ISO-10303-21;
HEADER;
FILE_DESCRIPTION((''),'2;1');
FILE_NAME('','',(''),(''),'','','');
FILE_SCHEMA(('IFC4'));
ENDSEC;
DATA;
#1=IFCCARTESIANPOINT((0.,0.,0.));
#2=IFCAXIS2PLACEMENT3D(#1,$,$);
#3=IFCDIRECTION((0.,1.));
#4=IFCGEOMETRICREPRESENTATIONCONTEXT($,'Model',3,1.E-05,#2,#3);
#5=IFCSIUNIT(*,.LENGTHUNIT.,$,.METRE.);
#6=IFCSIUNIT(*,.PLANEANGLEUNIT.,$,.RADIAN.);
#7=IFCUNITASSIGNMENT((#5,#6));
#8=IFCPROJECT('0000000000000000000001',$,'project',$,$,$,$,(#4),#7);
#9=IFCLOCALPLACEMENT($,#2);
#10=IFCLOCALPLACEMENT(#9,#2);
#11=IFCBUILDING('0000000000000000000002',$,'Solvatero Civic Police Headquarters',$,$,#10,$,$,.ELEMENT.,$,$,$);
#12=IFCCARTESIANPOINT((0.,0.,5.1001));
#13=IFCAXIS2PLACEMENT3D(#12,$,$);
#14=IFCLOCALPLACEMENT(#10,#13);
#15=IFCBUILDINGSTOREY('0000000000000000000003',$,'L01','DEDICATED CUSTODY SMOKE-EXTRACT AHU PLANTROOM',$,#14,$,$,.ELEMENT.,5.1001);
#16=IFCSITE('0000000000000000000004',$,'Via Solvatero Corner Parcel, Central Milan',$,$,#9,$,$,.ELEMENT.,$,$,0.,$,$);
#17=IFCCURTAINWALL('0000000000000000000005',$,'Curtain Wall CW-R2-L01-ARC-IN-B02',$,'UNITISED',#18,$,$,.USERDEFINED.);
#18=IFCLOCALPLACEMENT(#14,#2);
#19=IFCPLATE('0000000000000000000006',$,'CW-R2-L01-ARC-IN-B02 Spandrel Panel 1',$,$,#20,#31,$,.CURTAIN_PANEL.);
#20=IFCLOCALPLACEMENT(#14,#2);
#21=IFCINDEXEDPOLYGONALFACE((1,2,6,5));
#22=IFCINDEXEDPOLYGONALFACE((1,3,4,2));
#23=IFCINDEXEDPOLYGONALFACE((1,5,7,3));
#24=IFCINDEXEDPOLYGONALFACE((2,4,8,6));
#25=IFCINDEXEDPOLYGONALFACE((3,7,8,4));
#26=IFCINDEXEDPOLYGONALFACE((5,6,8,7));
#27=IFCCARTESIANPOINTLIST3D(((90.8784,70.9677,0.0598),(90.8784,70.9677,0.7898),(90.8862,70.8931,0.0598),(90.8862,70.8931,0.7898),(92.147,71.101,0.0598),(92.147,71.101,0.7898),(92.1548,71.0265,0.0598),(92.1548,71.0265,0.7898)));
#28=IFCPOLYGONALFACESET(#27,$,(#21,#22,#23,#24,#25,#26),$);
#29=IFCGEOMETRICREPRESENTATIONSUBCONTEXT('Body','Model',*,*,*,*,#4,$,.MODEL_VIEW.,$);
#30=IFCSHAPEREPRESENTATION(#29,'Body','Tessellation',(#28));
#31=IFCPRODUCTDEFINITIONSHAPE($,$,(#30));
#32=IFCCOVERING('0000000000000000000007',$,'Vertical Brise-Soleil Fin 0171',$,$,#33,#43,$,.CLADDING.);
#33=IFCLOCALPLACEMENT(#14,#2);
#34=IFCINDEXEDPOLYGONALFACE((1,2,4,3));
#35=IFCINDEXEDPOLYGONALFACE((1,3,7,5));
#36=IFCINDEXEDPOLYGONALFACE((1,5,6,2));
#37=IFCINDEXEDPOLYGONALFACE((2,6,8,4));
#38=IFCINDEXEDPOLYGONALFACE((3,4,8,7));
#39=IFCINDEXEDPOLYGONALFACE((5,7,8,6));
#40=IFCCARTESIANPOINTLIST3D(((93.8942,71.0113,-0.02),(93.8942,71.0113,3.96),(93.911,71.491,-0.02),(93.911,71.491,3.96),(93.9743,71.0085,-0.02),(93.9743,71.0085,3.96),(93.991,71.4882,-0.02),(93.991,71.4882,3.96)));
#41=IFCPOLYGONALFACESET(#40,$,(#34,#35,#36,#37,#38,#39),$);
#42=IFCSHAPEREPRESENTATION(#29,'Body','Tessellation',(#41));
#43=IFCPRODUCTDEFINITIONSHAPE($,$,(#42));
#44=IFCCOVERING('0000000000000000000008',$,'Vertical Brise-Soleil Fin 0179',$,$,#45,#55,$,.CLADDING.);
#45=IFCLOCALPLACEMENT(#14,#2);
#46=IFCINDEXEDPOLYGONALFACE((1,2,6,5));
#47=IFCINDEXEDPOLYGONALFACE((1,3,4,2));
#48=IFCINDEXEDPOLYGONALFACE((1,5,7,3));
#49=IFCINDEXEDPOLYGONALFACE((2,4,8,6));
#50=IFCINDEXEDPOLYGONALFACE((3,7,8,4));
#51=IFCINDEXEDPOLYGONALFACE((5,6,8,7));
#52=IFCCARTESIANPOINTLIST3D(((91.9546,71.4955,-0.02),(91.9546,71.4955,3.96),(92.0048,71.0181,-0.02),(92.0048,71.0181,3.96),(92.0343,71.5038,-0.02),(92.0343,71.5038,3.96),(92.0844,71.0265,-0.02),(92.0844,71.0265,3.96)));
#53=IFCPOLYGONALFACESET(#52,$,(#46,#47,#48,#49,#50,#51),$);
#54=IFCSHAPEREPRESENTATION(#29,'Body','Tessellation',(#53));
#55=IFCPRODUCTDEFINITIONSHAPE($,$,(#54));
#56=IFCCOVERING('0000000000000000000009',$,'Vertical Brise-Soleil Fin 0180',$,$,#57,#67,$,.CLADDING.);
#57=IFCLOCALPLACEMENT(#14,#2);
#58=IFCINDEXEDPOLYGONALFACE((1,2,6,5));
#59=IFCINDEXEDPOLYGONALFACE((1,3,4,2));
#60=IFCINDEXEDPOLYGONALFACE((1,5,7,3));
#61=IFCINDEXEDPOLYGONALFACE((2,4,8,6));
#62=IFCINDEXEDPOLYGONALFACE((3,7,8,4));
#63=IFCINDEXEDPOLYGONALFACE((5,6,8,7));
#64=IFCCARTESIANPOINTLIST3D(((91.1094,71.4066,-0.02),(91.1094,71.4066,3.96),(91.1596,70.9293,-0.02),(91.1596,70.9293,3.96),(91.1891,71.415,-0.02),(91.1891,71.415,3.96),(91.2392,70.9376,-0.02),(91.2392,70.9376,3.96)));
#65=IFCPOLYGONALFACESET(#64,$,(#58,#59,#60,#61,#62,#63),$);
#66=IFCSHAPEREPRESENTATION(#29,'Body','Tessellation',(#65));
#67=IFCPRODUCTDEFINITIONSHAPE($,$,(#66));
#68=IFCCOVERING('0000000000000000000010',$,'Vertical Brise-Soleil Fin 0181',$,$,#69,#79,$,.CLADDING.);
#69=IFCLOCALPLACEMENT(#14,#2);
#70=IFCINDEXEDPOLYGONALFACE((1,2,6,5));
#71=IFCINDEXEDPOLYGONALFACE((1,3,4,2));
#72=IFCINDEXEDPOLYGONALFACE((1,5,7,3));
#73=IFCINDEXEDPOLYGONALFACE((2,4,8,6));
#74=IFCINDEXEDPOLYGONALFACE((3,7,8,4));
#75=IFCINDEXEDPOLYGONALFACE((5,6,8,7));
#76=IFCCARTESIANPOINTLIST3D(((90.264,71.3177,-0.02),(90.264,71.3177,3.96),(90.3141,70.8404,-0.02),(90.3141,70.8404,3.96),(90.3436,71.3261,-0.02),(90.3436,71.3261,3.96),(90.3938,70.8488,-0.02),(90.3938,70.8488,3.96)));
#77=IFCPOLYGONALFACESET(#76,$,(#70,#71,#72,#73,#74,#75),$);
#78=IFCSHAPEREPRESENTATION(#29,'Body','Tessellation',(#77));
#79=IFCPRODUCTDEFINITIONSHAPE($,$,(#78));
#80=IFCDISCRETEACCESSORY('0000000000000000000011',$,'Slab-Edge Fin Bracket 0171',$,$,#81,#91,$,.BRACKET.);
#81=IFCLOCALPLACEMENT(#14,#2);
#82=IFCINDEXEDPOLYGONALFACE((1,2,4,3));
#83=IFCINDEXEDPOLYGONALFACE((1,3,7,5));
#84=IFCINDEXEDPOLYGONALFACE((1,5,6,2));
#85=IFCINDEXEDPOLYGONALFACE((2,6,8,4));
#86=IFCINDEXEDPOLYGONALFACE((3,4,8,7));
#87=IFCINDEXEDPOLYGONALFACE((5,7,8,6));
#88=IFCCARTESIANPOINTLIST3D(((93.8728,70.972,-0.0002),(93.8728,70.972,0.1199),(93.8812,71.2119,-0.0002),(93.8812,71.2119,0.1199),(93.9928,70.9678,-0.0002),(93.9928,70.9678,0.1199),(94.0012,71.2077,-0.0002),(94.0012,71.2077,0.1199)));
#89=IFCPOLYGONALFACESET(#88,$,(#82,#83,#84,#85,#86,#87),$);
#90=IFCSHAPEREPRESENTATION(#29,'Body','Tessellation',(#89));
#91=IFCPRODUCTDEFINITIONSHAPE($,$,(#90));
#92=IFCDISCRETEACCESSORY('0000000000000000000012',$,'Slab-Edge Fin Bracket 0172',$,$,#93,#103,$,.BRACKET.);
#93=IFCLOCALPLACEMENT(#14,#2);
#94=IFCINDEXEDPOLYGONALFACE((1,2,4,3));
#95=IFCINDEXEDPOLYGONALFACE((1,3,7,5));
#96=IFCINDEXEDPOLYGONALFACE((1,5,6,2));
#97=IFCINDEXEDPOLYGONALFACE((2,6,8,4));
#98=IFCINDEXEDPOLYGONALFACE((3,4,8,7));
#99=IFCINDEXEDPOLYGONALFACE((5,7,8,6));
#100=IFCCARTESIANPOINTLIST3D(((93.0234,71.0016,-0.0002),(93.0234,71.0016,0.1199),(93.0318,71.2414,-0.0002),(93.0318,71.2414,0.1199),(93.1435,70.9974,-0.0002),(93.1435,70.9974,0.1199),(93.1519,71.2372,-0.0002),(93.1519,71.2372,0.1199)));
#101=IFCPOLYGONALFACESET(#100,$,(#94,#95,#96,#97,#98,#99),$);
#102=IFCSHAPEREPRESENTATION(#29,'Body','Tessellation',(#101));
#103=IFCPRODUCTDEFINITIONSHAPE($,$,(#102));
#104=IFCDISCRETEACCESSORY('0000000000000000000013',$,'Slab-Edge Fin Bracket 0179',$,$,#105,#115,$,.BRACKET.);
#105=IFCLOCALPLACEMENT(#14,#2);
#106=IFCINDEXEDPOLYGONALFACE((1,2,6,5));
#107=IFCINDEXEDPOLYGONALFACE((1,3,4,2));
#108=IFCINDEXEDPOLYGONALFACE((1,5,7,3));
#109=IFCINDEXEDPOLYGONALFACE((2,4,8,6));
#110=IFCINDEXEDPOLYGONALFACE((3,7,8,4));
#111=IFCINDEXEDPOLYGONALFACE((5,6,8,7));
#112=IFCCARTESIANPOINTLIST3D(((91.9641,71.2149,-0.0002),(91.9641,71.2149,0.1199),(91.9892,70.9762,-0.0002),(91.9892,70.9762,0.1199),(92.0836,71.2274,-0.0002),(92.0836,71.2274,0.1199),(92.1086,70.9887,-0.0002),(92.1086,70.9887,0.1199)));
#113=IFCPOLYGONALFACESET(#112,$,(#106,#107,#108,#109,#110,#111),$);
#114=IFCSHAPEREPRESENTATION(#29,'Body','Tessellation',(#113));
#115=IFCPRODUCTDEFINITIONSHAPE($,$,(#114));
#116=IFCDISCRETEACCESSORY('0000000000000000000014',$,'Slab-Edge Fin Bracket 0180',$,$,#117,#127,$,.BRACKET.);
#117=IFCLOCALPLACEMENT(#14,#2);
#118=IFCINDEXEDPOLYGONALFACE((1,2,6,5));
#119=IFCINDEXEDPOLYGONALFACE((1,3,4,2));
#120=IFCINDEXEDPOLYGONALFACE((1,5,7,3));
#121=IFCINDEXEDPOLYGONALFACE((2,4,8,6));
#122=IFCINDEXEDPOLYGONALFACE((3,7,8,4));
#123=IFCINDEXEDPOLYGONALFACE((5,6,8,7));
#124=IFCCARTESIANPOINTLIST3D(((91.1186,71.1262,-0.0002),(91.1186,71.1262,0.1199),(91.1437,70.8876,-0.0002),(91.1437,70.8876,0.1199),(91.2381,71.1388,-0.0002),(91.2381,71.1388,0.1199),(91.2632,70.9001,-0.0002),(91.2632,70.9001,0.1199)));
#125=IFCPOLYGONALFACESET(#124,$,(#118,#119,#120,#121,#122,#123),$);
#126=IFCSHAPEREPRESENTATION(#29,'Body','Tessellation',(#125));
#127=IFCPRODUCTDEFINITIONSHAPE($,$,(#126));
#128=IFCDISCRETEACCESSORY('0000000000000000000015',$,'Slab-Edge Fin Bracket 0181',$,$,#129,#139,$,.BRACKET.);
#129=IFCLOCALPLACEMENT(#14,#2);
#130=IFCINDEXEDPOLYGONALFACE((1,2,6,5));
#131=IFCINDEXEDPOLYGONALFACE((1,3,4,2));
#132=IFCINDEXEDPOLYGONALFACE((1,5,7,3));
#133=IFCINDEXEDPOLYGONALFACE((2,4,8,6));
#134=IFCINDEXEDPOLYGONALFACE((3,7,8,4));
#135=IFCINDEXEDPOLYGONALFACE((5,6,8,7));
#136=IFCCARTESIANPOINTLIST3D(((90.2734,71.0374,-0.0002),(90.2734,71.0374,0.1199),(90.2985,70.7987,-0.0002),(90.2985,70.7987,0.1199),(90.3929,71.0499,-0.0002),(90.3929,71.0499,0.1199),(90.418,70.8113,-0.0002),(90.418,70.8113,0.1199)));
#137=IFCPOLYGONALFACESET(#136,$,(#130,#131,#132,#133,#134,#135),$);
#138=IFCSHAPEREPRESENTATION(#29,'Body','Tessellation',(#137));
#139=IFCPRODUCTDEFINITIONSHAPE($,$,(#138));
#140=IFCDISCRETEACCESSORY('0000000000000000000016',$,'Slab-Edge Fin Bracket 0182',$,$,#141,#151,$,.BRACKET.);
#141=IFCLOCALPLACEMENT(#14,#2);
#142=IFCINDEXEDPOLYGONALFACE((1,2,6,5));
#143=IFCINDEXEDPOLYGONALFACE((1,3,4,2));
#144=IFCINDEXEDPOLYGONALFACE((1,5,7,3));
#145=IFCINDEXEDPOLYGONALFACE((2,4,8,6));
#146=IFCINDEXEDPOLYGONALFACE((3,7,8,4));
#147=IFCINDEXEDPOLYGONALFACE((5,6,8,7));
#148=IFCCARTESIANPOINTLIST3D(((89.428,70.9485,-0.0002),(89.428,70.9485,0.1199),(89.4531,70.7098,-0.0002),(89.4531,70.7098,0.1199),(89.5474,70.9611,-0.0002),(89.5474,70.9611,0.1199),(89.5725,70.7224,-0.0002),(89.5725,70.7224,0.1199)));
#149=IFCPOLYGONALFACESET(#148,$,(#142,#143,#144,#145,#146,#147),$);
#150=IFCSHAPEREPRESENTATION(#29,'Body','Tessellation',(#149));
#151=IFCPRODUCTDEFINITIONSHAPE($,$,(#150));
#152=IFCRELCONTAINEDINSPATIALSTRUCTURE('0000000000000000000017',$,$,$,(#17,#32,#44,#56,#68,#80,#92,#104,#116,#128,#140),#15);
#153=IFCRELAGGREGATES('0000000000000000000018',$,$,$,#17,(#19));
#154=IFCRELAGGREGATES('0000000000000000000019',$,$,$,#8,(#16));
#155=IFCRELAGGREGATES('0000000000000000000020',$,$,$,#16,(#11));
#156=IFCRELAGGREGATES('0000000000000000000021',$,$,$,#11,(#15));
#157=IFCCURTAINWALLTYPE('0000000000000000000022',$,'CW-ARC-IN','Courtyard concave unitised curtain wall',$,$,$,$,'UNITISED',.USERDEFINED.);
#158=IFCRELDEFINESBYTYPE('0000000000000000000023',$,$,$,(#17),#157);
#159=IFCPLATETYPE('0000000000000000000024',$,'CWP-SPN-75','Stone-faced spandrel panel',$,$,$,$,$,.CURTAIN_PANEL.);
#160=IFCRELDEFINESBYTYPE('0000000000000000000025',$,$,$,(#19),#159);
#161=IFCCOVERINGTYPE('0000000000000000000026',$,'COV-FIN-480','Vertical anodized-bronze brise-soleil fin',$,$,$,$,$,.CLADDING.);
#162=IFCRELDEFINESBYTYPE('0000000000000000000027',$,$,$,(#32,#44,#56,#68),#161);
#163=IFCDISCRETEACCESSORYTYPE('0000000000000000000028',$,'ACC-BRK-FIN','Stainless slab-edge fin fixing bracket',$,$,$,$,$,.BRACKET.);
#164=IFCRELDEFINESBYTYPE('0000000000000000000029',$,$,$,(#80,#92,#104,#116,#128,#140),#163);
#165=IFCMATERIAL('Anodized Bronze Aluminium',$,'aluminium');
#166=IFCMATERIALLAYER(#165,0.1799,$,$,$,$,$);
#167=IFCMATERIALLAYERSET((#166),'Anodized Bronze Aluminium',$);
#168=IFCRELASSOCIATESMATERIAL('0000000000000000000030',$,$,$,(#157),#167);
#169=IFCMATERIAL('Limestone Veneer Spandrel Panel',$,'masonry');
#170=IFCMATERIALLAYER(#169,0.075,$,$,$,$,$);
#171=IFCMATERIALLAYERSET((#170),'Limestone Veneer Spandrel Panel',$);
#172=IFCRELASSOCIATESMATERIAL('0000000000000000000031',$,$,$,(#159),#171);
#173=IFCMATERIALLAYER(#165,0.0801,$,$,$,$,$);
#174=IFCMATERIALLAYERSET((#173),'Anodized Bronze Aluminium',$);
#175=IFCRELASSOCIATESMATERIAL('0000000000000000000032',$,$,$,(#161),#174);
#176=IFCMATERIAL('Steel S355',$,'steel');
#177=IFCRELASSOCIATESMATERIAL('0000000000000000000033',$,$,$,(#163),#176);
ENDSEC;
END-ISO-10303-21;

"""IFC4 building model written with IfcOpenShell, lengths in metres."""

from ifc_helpers import new_model, si_unit, direction, frame, origin, origin_2d, place, context, subcontext, project, spatial, rectangle, extrude, material, layer, layer_set, type_object, element, aggregate, save


model = new_model("IFC4")

# Units and contexts
model_context = context("Model", 3, precision=1e-05, world=origin(), true_north=direction((0.0, 1.0)))
body_context = subcontext(model_context, "Body", "Model", "MODEL_VIEW")
ifc_project = project(units=[si_unit("LENGTHUNIT", "METRE"), si_unit("PLANEANGLEUNIT", "RADIAN")], contexts=[model_context])

# Site, building, storey
site_placement = place(None, origin())
site = spatial("IfcSite", under=ifc_project, at=site_placement, Name="Via Solvatero Corner Parcel, Central Milan", CompositionType="ELEMENT", RefElevation=0.0)
building_placement = place(site_placement, origin())
building = spatial("IfcBuilding", under=site, at=building_placement, Name="Solvatero Civic Police Headquarters", CompositionType="ELEMENT")
storey_placement = place(building_placement, frame((0.0, 0.0, 5.1001)))
storey = spatial("IfcBuildingStorey", under=building, at=storey_placement, Name="L01", Description="DEDICATED CUSTODY SMOKE-EXTRACT AHU PLANTROOM", CompositionType="ELEMENT", Elevation=5.1001)

# Curtain wall
ifc_material_1 = material(Name="Anodized Bronze Aluminium", Category="aluminium")
ifc_layer_1 = layer(ifc_material_1, 0.1799)
ifc_layer_set_1 = layer_set([ifc_layer_1], Name="Anodized Bronze Aluminium")
curtain_wall_type = type_object("IfcCurtainWallType", Name="CW-ARC-IN", Description="Courtyard concave unitised curtain wall", ElementType="UNITISED", PredefinedType="USERDEFINED", material=ifc_layer_set_1)
curtain_wall_1_placement = place(storey_placement, origin())
curtain_wall_1 = element("IfcCurtainWall", 1, at=curtain_wall_1_placement, inside=storey, type_object=curtain_wall_type, Name="Curtain Wall CW-R2-L01-ARC-IN-B02", ObjectType="UNITISED", PredefinedType="USERDEFINED")

# Plate
ifc_material_2 = material(Name="Limestone Veneer Spandrel Panel", Category="masonry")
ifc_layer_2 = layer(ifc_material_2, 0.075)
ifc_layer_set_2 = layer_set([ifc_layer_2], Name="Limestone Veneer Spandrel Panel")
plate_type_1 = type_object("IfcPlateType", Name="CWP-SPN-75", Description="Stone-faced spandrel panel", PredefinedType="CURTAIN_PANEL", material=ifc_layer_set_2)
plate_1_placement = place(storey_placement, frame((91.5166, 70.9971, 0.0598), z_axis=(0.0, 0.0, 1.0), x_axis=(-0.994522, -0.104528, 0.0)))
plate_1 = element("IfcPlate", 2, at=plate_1_placement, type_object=plate_type_1, Name="CW-R2-L01-ARC-IN-B02 Spandrel Panel 1", PredefinedType="CURTAIN_PANEL", context=body_context, shape_type="SweptSolid", body=[
    extrude(rectangle(XDim=1.2756, YDim=0.075, at=origin_2d()), origin(), (0.0, 0.0, 1.0), 0.73),
])
aggregate(curtain_wall_1, [plate_1])

# Coverings
ifc_layer_3 = layer(ifc_material_1, 0.0801)
ifc_layer_set_3 = layer_set([ifc_layer_3], Name="Anodized Bronze Aluminium")
covering_type = type_object("IfcCoveringType", Name="COV-FIN-480", Description="Vertical anodized-bronze brise-soleil fin", PredefinedType="CLADDING", material=ifc_layer_set_3)
for number, where, z_axis, x_axis, name in (
    (3, (93.9426, 71.2498, -0.02), (0.0, 0.0, 1.0), (-0.999391, 0.034899, 0.0), "Vertical Brise-Soleil Fin 0171"),
    (4, (92.0195, 71.261, -0.02), (0.0, 0.0, 1.0), (-0.994522, -0.104528, 0.0), "Vertical Brise-Soleil Fin 0179"),
    (5, (91.1743, 71.1721, -0.02), (0.0, 0.0, 1.0), (-0.994522, -0.104528, 0.0), "Vertical Brise-Soleil Fin 0180"),
    (6, (90.3289, 71.0833, -0.02), (0.0, 0.0, 1.0), (-0.994522, -0.104528, 0.0), "Vertical Brise-Soleil Fin 0181"),
):
    element("IfcCovering", number, at=place(storey_placement, frame(where, z_axis=z_axis, x_axis=x_axis)), inside=storey, type_object=covering_type, Name=name, PredefinedType="CLADDING", context=body_context, shape_type="SweptSolid", body=[
        extrude(rectangle(XDim=0.0801, YDim=0.48, at=origin_2d()), origin(), (0.0, 0.0, 1.0), 3.98),
    ])

# Discrete accessories
ifc_material_3 = material(Name="Steel S355", Category="steel")
discrete_accessory_type = type_object("IfcDiscreteAccessoryType", Name="ACC-BRK-FIN", Description="Stainless slab-edge fin fixing bracket", PredefinedType="BRACKET", material=ifc_material_3)
for number, where, z_axis, x_axis, name in (
    (7, (93.937, 71.0898, -0.0002), (0.0, 0.0, 1.0), (-0.999391, 0.034899, 0.0), "Slab-Edge Fin Bracket 0171"),
    (8, (93.0876, 71.1194, -0.0002), (0.0, 0.0, 1.0), (-0.999391, 0.034899, 0.0), "Slab-Edge Fin Bracket 0172"),
    (9, (92.0364, 71.1018, -0.0002), (0.0, 0.0, 1.0), (-0.994522, -0.104528, 0.0), "Slab-Edge Fin Bracket 0179"),
    (10, (91.1909, 71.0132, -0.0002), (0.0, 0.0, 1.0), (-0.994522, -0.104528, 0.0), "Slab-Edge Fin Bracket 0180"),
    (11, (90.3457, 70.9243, -0.0002), (0.0, 0.0, 1.0), (-0.994522, -0.104528, 0.0), "Slab-Edge Fin Bracket 0181"),
    (12, (89.5002, 70.8354, -0.0002), (0.0, 0.0, 1.0), (-0.994522, -0.104528, 0.0), "Slab-Edge Fin Bracket 0182"),
):
    element("IfcDiscreteAccessory", number, at=place(storey_placement, frame(where, z_axis=z_axis, x_axis=x_axis)), inside=storey, type_object=discrete_accessory_type, Name=name, PredefinedType="BRACKET", context=body_context, shape_type="SweptSolid", body=[
        extrude(rectangle(XDim=0.1201, YDim=0.24, at=origin_2d()), origin(), (0.0, 0.0, 1.0), 0.1201),
    ])

save(model, "model.ifc")
